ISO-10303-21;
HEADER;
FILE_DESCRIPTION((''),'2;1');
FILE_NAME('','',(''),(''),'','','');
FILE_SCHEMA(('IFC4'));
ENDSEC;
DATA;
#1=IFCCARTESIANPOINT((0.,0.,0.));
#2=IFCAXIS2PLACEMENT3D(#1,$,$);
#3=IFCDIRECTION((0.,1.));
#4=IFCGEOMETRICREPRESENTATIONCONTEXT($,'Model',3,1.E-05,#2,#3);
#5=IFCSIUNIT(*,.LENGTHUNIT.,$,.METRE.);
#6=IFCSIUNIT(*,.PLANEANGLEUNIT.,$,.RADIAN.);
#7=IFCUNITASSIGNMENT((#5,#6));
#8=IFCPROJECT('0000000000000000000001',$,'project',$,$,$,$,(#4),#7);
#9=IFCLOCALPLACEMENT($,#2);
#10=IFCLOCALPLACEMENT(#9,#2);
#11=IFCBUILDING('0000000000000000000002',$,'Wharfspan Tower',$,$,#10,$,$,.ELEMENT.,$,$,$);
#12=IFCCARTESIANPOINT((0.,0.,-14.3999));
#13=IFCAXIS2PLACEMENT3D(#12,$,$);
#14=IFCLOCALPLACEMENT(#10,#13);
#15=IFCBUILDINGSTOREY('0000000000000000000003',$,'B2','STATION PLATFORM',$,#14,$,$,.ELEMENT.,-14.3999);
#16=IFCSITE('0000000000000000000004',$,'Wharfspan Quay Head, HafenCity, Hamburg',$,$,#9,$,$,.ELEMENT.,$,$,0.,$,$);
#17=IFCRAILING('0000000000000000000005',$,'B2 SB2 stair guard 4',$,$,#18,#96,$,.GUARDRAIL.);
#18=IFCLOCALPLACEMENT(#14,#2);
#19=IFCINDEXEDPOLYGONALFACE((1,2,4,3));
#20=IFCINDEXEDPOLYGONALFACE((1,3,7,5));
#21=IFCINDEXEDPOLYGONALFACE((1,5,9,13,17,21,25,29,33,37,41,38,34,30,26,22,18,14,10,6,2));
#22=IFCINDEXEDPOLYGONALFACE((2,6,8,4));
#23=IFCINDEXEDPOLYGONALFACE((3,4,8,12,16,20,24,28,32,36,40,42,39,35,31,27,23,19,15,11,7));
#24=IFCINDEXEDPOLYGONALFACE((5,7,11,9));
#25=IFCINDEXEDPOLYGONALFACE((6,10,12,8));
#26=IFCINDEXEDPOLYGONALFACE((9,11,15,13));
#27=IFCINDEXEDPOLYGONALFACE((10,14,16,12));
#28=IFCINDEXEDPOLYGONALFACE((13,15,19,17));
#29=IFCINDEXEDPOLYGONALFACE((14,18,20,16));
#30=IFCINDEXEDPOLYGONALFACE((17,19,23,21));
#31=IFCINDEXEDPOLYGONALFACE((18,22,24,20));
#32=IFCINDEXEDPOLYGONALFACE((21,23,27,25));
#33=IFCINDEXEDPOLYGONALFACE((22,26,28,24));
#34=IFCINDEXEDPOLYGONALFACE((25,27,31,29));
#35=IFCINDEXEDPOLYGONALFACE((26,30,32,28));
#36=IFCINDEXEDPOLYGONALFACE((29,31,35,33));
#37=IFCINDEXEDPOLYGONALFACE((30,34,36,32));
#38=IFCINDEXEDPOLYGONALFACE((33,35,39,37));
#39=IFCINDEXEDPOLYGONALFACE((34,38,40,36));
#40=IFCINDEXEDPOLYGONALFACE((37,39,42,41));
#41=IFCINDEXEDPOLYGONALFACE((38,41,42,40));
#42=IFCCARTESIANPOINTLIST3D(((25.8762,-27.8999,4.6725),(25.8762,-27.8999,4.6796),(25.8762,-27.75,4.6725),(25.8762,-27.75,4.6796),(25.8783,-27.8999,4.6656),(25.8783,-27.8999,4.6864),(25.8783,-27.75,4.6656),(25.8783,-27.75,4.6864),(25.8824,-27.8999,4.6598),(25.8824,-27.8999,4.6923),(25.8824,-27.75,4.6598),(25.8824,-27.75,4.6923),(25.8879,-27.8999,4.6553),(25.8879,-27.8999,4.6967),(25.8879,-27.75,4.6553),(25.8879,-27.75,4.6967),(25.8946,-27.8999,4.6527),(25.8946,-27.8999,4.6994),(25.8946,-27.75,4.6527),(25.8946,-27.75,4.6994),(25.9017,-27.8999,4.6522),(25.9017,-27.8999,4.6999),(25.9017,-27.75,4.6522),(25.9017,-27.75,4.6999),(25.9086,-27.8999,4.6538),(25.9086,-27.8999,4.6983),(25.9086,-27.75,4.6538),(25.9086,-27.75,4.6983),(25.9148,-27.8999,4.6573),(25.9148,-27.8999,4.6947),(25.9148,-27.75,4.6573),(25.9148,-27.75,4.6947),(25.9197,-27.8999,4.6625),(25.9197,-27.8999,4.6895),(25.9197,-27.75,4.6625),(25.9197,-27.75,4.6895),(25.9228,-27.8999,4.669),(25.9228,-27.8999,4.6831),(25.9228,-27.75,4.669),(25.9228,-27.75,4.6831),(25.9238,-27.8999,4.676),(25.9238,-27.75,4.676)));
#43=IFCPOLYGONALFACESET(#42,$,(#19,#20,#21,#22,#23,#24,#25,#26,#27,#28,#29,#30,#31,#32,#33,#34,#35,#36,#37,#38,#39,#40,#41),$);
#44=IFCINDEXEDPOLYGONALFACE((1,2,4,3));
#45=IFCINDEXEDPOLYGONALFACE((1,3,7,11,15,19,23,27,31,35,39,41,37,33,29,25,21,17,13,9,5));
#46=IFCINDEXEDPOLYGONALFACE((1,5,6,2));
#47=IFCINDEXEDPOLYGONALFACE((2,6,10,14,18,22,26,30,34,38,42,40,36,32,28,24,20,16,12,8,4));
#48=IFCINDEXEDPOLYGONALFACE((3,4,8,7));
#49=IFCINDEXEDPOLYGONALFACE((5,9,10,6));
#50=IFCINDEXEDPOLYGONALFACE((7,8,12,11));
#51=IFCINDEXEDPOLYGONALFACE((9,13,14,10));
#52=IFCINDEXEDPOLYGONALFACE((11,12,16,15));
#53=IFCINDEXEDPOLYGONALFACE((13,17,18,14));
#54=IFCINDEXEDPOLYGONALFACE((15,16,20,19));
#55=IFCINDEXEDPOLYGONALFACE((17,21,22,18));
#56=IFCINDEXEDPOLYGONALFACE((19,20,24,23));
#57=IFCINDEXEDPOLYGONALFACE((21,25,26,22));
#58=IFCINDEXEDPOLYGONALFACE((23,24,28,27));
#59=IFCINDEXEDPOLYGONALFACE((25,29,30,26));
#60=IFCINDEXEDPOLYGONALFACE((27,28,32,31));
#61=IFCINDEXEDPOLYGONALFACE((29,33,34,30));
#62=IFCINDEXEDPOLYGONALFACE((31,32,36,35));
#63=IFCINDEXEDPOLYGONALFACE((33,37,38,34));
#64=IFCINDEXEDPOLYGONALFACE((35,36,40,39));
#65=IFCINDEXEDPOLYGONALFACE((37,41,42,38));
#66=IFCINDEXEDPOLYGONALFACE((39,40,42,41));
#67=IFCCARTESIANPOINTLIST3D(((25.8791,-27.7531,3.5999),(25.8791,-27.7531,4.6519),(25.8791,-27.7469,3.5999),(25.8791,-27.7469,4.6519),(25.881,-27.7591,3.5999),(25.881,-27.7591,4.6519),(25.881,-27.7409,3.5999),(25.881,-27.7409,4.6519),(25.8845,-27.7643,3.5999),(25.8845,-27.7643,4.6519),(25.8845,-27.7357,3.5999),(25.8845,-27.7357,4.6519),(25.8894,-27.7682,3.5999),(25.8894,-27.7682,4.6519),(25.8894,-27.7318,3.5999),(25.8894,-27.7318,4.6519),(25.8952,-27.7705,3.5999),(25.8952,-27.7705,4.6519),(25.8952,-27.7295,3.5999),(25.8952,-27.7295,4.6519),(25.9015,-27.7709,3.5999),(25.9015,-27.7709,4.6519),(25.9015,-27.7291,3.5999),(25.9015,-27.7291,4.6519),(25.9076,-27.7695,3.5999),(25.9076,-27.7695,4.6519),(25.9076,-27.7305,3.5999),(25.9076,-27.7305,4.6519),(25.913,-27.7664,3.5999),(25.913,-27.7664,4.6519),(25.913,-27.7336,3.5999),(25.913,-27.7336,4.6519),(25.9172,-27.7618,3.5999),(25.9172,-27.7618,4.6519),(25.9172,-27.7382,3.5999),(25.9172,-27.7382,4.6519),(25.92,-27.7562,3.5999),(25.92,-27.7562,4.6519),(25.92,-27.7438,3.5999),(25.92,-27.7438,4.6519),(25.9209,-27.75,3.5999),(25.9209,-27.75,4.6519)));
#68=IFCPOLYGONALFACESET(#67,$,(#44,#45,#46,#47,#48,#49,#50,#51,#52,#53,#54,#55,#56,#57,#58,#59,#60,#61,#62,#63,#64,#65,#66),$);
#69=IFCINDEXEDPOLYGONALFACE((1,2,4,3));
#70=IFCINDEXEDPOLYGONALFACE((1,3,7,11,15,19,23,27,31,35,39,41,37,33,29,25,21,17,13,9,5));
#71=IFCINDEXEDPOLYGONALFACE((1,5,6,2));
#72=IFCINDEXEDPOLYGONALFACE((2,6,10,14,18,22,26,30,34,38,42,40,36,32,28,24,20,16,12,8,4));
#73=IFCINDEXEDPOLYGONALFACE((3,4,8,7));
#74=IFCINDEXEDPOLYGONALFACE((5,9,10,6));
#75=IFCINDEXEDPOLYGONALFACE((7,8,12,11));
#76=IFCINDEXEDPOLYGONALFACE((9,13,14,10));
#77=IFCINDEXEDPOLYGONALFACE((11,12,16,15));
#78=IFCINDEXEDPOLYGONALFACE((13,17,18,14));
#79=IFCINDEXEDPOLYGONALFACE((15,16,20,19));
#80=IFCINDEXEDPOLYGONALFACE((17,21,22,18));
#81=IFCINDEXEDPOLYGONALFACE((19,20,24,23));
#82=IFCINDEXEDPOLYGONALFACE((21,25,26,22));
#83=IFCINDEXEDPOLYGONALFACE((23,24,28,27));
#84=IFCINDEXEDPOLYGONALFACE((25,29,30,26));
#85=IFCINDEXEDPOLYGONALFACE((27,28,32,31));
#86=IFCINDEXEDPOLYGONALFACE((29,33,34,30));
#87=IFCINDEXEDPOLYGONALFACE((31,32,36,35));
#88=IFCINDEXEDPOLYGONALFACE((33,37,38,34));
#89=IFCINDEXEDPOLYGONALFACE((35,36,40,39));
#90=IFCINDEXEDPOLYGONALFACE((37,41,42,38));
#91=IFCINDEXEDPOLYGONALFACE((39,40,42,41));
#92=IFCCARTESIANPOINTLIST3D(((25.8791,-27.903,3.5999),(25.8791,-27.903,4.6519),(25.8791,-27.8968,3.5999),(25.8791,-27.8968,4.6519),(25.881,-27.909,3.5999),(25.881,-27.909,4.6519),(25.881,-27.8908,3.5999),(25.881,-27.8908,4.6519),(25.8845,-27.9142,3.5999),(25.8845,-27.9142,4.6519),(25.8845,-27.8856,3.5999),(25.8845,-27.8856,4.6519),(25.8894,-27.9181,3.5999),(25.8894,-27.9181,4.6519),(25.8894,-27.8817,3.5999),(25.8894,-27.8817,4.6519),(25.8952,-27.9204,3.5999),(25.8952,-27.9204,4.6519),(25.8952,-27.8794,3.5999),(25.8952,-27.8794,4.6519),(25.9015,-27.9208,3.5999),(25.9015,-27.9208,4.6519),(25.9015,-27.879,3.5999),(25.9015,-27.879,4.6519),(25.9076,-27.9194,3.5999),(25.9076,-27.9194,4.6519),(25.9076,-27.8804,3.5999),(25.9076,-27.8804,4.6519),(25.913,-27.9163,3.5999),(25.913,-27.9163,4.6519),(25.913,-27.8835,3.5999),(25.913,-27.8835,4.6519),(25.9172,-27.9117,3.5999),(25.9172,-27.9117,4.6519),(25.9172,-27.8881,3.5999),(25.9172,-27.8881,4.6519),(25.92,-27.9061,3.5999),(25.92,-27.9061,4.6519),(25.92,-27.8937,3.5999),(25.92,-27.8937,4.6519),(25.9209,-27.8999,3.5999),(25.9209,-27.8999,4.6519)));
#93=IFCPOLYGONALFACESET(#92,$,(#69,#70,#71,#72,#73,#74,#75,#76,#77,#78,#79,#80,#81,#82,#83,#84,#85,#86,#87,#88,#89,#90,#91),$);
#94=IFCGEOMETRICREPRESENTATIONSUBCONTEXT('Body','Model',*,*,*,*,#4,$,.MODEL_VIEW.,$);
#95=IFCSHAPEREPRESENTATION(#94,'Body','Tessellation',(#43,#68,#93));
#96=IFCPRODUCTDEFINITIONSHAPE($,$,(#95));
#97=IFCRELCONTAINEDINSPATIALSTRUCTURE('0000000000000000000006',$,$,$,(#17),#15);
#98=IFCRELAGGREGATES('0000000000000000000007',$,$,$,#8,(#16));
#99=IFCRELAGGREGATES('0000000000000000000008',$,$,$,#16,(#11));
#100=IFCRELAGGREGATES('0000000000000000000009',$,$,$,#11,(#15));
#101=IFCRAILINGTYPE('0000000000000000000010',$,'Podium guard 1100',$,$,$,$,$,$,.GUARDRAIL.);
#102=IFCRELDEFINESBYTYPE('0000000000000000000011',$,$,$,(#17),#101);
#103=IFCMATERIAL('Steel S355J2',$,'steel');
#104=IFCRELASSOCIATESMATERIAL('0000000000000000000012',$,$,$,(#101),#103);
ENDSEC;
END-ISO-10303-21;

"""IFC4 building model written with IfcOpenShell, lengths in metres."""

from ifc_helpers import new_model, si_unit, direction, frame, origin, origin_2d, place, context, subcontext, project, spatial, circle, extrude, material, type_object, element, save


model = new_model("IFC4")

# Units and contexts
model_context = context("Model", 3, precision=1e-05, world=origin(), true_north=direction((0.0, 1.0)))
body_context = subcontext(model_context, "Body", "Model", "MODEL_VIEW")
ifc_project = project(units=[si_unit("LENGTHUNIT", "METRE"), si_unit("PLANEANGLEUNIT", "RADIAN")], contexts=[model_context])

# Site, building, storey
site_placement = place(None, origin())
site = spatial("IfcSite", under=ifc_project, at=site_placement, Name="Wharfspan Quay Head, HafenCity, Hamburg", CompositionType="ELEMENT", RefElevation=0.0)
building_placement = place(site_placement, origin())
building = spatial("IfcBuilding", under=site, at=building_placement, Name="Wharfspan Tower", CompositionType="ELEMENT")
storey_placement = place(building_placement, frame((0.0, 0.0, -14.3999)))
storey = spatial("IfcBuildingStorey", under=building, at=storey_placement, Name="B2", Description="STATION PLATFORM", CompositionType="ELEMENT", Elevation=-14.3999)

# Railing
ifc_material_1 = material(Name="Steel S355J2", Category="steel")
railing_type_1 = type_object("IfcRailingType", Name="Podium guard 1100", PredefinedType="GUARDRAIL", material=ifc_material_1)
railing_1_placement = place(storey_placement, frame((25.8999, -27.75, 3.5999)))
element("IfcRailing", 1, at=railing_1_placement, inside=storey, type_object=railing_type_1, Name="B2 SB2 stair guard 4", PredefinedType="GUARDRAIL", context=body_context, shape_type="SweptSolid", body=[
    extrude(circle(Radius=0.0239, at=origin_2d()), frame((0.0, 0.0, 1.0762), z_axis=(0.0, -1.0, 0.0), x_axis=(1.0, 0.0, 0.0)), (0.0, 0.0, 1.0), 0.1499),
    extrude(circle(Radius=0.021, at=origin_2d()), origin(), (0.0, 0.0, 1.0), 1.052),
    extrude(circle(Radius=0.021, at=origin_2d()), frame((0.0, -0.1499, 0.0)), (0.0, 0.0, 1.0), 1.052),
])

save(model, "model.ifc")
